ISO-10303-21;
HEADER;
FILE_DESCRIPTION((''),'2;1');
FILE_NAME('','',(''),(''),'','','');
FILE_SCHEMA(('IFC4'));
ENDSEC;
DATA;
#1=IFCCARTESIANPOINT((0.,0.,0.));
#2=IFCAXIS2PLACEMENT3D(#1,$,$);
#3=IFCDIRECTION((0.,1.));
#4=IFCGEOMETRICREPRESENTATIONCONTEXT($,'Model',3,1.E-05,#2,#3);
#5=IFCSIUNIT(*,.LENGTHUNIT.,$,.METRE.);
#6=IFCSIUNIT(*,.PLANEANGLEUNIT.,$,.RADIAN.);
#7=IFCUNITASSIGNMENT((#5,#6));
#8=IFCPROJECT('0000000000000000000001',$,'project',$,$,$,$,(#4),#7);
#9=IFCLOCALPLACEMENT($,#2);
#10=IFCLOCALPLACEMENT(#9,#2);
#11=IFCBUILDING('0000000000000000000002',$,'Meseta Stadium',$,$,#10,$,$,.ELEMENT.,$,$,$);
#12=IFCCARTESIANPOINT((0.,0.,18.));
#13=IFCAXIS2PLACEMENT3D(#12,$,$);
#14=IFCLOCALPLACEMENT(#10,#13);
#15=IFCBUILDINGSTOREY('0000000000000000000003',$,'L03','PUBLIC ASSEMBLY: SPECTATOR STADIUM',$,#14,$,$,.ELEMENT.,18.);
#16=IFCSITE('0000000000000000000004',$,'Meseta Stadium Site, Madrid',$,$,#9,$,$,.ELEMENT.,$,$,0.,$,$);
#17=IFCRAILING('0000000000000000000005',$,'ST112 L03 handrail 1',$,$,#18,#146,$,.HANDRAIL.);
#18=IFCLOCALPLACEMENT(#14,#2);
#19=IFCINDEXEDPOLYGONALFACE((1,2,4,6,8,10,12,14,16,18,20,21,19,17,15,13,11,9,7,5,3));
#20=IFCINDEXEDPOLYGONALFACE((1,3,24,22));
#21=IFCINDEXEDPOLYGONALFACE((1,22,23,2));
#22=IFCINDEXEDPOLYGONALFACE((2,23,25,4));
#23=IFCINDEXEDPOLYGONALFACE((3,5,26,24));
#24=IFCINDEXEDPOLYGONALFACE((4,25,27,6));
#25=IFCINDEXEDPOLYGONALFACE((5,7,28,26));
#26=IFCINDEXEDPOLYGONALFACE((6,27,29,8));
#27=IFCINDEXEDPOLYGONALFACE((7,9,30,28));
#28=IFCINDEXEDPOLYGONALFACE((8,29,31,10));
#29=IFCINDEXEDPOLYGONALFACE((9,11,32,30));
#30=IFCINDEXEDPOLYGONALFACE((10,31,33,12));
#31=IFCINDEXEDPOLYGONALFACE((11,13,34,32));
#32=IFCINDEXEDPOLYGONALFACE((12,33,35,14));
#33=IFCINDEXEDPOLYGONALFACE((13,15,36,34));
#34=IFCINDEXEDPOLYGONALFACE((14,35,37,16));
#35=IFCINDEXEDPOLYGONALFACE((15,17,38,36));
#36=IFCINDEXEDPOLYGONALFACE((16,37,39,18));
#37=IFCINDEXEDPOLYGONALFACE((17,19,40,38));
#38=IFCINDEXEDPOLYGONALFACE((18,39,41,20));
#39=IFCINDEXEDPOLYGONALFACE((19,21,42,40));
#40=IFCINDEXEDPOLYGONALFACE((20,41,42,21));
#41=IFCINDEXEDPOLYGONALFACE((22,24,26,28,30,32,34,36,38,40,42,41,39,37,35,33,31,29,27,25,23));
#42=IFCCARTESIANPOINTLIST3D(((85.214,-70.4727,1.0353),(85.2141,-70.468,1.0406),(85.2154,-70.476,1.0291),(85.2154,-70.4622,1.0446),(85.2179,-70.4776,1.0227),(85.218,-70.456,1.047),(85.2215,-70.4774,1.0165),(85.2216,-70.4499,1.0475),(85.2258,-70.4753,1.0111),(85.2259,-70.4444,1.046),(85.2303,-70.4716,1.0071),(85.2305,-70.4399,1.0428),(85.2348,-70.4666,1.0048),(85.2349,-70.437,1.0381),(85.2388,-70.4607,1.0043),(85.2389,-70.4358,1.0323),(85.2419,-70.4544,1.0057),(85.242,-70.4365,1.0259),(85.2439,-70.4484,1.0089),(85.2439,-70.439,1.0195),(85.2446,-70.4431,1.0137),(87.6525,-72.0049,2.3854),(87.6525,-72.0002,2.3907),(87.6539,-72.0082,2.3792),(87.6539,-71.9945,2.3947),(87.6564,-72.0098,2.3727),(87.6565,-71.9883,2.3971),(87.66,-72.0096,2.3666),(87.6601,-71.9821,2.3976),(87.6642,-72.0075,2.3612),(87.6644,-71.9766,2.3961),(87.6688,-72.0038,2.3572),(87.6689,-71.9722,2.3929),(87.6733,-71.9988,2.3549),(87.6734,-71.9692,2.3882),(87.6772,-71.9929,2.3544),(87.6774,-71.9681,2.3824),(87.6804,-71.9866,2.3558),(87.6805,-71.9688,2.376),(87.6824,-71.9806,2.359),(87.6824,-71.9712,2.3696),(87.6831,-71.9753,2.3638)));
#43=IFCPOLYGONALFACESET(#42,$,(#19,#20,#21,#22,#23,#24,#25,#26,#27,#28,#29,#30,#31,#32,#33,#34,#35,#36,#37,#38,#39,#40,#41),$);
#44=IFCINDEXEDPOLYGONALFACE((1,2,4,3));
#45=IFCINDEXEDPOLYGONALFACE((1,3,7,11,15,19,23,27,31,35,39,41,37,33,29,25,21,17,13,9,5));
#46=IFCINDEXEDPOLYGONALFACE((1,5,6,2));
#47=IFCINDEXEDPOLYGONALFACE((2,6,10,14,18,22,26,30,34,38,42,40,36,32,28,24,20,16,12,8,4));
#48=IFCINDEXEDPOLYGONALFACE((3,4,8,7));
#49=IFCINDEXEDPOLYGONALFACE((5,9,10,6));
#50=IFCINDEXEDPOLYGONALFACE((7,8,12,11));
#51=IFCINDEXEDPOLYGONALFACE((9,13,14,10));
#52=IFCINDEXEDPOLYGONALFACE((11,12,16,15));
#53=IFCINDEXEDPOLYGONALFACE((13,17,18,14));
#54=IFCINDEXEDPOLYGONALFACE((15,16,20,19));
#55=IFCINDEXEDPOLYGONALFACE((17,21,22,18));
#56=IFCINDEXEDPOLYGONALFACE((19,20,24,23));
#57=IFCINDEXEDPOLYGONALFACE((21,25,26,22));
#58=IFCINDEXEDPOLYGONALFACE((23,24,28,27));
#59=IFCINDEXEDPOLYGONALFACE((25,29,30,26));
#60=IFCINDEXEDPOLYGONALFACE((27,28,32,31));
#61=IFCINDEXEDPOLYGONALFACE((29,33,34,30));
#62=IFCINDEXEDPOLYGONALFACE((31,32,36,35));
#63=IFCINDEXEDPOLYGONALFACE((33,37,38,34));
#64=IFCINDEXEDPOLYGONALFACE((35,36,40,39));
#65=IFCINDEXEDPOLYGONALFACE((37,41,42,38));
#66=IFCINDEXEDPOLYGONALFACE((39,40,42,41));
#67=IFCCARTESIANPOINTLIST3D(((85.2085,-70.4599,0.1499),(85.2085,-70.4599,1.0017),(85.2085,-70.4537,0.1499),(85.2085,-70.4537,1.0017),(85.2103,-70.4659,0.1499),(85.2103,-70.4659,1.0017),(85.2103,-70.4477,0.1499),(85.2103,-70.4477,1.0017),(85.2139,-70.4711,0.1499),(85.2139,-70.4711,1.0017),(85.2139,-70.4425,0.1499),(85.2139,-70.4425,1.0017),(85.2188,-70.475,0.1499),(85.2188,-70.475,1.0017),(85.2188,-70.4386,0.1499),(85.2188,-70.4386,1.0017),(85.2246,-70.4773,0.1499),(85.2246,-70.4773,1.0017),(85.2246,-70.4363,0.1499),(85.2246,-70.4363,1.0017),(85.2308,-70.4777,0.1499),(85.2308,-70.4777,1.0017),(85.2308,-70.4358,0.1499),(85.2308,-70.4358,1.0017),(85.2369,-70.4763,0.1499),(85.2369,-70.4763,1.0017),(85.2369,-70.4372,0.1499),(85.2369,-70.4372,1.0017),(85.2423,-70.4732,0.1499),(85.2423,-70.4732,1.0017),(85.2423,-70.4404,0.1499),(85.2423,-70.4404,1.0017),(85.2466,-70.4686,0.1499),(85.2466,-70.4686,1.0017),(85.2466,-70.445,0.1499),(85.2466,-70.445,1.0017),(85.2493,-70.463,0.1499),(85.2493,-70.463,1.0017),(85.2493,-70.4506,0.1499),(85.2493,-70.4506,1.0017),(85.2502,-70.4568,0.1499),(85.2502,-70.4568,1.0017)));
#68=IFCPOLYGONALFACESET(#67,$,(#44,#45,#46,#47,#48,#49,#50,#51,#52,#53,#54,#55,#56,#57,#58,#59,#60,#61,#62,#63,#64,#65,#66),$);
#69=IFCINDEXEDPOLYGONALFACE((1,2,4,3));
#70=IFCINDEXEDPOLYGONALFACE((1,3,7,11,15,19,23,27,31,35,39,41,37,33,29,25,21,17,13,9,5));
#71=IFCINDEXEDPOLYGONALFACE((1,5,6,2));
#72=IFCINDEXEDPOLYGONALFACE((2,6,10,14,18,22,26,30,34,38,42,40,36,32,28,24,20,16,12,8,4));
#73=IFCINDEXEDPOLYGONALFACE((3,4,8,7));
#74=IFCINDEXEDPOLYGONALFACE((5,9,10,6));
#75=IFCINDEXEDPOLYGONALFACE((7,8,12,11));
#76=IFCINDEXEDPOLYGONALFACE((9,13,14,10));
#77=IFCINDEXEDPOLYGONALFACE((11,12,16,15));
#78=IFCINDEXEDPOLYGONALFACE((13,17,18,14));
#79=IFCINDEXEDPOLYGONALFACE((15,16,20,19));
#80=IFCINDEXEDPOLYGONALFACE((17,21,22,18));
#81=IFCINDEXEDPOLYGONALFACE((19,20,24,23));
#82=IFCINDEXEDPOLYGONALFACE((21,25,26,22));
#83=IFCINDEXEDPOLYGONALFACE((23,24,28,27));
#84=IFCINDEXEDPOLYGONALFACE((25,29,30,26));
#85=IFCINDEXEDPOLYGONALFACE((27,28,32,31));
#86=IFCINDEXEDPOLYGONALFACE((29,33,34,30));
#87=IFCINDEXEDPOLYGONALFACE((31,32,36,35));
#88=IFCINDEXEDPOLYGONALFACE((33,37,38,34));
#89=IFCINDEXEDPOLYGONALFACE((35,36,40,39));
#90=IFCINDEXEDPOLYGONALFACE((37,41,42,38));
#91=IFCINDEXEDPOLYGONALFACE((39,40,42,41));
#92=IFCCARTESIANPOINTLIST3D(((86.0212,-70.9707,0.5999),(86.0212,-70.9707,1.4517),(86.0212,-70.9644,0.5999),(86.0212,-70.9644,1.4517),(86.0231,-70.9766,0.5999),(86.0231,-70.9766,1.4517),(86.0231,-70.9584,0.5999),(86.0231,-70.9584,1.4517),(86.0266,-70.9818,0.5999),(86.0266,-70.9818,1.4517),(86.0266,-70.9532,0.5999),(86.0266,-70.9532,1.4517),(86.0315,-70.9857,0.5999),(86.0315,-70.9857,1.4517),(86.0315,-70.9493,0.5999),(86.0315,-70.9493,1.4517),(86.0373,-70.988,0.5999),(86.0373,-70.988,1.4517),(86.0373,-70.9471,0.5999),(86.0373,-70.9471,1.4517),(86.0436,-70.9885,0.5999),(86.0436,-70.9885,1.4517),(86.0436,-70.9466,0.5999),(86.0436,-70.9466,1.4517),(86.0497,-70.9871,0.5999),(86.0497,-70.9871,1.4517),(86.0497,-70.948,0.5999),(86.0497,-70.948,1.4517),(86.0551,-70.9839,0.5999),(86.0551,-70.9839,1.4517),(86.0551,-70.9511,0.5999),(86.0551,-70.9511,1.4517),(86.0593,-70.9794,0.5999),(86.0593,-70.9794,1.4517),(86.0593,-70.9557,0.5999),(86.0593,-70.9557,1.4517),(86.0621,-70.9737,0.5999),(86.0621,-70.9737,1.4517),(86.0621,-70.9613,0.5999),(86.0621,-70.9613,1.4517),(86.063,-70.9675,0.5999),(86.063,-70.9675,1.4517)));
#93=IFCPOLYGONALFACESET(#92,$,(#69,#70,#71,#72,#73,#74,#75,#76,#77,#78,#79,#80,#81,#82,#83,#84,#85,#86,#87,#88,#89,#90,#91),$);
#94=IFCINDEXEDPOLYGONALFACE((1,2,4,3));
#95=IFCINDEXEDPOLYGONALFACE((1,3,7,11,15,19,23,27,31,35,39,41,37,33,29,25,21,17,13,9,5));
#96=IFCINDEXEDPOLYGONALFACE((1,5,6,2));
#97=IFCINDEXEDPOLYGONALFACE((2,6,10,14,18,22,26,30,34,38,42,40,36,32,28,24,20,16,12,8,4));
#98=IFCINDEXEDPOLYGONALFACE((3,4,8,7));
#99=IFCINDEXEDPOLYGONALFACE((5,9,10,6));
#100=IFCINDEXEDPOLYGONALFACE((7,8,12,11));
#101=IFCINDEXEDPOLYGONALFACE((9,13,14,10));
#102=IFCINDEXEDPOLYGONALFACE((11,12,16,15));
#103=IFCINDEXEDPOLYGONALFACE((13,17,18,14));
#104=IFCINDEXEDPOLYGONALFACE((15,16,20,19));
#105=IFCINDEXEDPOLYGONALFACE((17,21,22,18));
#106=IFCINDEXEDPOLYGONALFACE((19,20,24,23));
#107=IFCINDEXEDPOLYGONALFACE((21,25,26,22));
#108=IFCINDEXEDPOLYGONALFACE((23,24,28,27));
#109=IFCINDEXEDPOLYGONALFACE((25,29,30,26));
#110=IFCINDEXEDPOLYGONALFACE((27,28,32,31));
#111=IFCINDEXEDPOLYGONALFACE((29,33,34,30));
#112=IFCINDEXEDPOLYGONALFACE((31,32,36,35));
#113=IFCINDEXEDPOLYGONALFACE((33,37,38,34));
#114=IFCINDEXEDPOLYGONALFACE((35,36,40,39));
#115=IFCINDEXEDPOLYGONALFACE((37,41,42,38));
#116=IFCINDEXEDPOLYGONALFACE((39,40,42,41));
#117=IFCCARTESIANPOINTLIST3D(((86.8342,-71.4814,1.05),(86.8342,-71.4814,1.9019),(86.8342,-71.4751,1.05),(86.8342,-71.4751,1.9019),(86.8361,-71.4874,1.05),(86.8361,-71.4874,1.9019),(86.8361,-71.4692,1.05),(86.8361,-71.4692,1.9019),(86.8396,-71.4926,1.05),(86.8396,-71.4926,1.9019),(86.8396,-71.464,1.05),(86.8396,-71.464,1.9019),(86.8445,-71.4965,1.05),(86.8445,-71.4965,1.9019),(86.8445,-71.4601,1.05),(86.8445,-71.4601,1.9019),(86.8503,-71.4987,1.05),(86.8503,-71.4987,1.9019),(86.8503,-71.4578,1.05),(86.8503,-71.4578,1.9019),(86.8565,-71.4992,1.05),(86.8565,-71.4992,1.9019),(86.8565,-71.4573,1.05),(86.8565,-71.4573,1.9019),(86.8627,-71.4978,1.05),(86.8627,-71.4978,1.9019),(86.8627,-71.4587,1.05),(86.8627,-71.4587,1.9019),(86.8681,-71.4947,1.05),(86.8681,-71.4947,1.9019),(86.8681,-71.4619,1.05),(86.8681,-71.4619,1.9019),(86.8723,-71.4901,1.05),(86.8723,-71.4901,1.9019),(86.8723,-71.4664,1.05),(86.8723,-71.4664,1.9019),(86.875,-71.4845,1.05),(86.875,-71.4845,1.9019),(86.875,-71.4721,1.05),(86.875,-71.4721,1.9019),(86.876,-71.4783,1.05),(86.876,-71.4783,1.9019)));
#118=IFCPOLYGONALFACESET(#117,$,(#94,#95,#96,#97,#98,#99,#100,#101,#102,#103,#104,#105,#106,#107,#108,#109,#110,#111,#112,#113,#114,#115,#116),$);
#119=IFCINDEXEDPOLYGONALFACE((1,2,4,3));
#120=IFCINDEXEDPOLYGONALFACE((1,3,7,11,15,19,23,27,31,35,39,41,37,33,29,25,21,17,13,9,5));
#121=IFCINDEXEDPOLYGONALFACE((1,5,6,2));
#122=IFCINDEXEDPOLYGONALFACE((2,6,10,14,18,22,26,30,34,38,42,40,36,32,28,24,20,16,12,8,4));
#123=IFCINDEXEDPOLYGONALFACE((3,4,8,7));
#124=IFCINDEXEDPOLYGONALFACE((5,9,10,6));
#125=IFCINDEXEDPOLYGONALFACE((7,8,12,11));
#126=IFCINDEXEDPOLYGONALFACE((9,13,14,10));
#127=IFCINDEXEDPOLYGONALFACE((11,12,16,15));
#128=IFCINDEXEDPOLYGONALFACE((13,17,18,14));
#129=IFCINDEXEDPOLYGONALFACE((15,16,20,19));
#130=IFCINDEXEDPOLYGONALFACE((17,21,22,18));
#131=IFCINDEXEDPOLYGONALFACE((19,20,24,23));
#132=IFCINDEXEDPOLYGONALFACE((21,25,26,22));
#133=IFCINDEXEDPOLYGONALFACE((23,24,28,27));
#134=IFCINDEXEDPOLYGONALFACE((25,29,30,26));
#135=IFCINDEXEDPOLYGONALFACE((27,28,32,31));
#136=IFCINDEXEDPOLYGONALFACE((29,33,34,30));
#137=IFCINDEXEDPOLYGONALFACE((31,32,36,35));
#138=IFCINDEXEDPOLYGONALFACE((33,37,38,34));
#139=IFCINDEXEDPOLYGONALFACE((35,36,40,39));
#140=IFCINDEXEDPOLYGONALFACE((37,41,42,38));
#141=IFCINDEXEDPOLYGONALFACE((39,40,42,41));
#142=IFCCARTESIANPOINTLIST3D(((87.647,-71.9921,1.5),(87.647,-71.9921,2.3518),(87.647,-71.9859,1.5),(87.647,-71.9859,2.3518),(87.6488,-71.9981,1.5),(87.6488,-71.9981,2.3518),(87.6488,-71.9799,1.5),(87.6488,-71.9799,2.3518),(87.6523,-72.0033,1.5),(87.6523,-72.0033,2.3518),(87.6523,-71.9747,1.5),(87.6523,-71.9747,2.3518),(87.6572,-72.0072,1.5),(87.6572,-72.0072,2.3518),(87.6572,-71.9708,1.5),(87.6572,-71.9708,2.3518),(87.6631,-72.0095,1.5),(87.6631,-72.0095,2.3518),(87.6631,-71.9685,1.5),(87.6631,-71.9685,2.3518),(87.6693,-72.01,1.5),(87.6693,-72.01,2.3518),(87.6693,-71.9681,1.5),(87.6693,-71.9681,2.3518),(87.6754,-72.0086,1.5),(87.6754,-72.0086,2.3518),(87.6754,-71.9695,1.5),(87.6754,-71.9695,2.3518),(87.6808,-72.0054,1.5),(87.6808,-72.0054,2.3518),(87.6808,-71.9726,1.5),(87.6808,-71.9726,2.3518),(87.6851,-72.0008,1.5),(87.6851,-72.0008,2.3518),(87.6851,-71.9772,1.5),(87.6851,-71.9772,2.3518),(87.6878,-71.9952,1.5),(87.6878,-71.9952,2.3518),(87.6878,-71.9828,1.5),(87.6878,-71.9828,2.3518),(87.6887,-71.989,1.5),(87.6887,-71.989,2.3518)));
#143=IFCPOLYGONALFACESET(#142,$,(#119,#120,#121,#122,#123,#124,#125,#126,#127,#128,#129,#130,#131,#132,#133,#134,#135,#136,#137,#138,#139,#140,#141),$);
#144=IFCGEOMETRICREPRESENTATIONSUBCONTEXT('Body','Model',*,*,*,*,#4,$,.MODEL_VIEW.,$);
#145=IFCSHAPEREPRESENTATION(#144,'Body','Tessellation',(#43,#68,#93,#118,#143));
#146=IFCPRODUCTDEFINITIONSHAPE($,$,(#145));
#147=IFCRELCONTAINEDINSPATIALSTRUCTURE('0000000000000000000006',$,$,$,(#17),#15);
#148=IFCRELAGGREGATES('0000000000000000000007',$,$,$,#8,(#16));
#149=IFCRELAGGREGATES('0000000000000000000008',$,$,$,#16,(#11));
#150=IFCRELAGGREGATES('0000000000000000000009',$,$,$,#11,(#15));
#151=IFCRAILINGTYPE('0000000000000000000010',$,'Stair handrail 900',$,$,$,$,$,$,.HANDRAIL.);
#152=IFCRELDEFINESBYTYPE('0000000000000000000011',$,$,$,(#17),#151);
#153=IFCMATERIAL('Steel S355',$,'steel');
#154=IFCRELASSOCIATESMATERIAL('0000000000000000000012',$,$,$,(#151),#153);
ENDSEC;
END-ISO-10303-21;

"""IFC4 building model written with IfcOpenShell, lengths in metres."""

from ifc_helpers import new_model, si_unit, direction, frame, origin, origin_2d, place, context, subcontext, project, spatial, circle, extrude, material, type_object, element, save


model = new_model("IFC4")

# Units and contexts
model_context = context("Model", 3, precision=1e-05, world=origin(), true_north=direction((0.0, 1.0)))
body_context = subcontext(model_context, "Body", "Model", "MODEL_VIEW")
ifc_project = project(units=[si_unit("LENGTHUNIT", "METRE"), si_unit("PLANEANGLEUNIT", "RADIAN")], contexts=[model_context])

# Site, building, storey
site_placement = place(None, origin())
site = spatial("IfcSite", under=ifc_project, at=site_placement, Name="Meseta Stadium Site, Madrid", CompositionType="ELEMENT", RefElevation=0.0)
building_placement = place(site_placement, origin())
building = spatial("IfcBuilding", under=site, at=building_placement, Name="Meseta Stadium", CompositionType="ELEMENT")
storey_placement = place(building_placement, frame((0.0, 0.0, 18.0)))
storey = spatial("IfcBuildingStorey", under=building, at=storey_placement, Name="L03", Description="PUBLIC ASSEMBLY: SPECTATOR STADIUM", CompositionType="ELEMENT", Elevation=18.0)

# Railing
ifc_material_1 = material(Name="Steel S355", Category="steel")
railing_type_1 = type_object("IfcRailingType", Name="Stair handrail 900", PredefinedType="HANDRAIL", material=ifc_material_1)
for number, where, name in (
    (1, (85.2292, -70.4568, 0.1499), "ST112 L03 handrail 1"),
):
    element("IfcRailing", number, at=place(storey_placement, frame(where)), inside=storey, type_object=railing_type_1, Name=name, PredefinedType="HANDRAIL", context=body_context, shape_type="SweptSolid", body=[
        extrude(circle(Radius=0.0239, at=origin_2d()), frame((0.0, 0.0, 0.876), z_axis=(0.766655, -0.481731, 0.42447), x_axis=(0.53204, 0.846719, 0.0)), (0.0, 0.0, 1.0), 3.1807),
        extrude(circle(Radius=0.021, at=origin_2d()), origin(), (0.0, 0.0, 1.0), 0.8518),
        extrude(circle(Radius=0.021, at=origin_2d()), frame((0.8127, -0.5107, 0.45)), (0.0, 0.0, 1.0), 0.8518),
        extrude(circle(Radius=0.021, at=origin_2d()), frame((1.6257, -1.0215, 0.9001)), (0.0, 0.0, 1.0), 0.8518),
        extrude(circle(Radius=0.021, at=origin_2d()), frame((2.4385, -1.5322, 1.3501)), (0.0, 0.0, 1.0), 0.8518),
    ])

save(model, "model.ifc")
